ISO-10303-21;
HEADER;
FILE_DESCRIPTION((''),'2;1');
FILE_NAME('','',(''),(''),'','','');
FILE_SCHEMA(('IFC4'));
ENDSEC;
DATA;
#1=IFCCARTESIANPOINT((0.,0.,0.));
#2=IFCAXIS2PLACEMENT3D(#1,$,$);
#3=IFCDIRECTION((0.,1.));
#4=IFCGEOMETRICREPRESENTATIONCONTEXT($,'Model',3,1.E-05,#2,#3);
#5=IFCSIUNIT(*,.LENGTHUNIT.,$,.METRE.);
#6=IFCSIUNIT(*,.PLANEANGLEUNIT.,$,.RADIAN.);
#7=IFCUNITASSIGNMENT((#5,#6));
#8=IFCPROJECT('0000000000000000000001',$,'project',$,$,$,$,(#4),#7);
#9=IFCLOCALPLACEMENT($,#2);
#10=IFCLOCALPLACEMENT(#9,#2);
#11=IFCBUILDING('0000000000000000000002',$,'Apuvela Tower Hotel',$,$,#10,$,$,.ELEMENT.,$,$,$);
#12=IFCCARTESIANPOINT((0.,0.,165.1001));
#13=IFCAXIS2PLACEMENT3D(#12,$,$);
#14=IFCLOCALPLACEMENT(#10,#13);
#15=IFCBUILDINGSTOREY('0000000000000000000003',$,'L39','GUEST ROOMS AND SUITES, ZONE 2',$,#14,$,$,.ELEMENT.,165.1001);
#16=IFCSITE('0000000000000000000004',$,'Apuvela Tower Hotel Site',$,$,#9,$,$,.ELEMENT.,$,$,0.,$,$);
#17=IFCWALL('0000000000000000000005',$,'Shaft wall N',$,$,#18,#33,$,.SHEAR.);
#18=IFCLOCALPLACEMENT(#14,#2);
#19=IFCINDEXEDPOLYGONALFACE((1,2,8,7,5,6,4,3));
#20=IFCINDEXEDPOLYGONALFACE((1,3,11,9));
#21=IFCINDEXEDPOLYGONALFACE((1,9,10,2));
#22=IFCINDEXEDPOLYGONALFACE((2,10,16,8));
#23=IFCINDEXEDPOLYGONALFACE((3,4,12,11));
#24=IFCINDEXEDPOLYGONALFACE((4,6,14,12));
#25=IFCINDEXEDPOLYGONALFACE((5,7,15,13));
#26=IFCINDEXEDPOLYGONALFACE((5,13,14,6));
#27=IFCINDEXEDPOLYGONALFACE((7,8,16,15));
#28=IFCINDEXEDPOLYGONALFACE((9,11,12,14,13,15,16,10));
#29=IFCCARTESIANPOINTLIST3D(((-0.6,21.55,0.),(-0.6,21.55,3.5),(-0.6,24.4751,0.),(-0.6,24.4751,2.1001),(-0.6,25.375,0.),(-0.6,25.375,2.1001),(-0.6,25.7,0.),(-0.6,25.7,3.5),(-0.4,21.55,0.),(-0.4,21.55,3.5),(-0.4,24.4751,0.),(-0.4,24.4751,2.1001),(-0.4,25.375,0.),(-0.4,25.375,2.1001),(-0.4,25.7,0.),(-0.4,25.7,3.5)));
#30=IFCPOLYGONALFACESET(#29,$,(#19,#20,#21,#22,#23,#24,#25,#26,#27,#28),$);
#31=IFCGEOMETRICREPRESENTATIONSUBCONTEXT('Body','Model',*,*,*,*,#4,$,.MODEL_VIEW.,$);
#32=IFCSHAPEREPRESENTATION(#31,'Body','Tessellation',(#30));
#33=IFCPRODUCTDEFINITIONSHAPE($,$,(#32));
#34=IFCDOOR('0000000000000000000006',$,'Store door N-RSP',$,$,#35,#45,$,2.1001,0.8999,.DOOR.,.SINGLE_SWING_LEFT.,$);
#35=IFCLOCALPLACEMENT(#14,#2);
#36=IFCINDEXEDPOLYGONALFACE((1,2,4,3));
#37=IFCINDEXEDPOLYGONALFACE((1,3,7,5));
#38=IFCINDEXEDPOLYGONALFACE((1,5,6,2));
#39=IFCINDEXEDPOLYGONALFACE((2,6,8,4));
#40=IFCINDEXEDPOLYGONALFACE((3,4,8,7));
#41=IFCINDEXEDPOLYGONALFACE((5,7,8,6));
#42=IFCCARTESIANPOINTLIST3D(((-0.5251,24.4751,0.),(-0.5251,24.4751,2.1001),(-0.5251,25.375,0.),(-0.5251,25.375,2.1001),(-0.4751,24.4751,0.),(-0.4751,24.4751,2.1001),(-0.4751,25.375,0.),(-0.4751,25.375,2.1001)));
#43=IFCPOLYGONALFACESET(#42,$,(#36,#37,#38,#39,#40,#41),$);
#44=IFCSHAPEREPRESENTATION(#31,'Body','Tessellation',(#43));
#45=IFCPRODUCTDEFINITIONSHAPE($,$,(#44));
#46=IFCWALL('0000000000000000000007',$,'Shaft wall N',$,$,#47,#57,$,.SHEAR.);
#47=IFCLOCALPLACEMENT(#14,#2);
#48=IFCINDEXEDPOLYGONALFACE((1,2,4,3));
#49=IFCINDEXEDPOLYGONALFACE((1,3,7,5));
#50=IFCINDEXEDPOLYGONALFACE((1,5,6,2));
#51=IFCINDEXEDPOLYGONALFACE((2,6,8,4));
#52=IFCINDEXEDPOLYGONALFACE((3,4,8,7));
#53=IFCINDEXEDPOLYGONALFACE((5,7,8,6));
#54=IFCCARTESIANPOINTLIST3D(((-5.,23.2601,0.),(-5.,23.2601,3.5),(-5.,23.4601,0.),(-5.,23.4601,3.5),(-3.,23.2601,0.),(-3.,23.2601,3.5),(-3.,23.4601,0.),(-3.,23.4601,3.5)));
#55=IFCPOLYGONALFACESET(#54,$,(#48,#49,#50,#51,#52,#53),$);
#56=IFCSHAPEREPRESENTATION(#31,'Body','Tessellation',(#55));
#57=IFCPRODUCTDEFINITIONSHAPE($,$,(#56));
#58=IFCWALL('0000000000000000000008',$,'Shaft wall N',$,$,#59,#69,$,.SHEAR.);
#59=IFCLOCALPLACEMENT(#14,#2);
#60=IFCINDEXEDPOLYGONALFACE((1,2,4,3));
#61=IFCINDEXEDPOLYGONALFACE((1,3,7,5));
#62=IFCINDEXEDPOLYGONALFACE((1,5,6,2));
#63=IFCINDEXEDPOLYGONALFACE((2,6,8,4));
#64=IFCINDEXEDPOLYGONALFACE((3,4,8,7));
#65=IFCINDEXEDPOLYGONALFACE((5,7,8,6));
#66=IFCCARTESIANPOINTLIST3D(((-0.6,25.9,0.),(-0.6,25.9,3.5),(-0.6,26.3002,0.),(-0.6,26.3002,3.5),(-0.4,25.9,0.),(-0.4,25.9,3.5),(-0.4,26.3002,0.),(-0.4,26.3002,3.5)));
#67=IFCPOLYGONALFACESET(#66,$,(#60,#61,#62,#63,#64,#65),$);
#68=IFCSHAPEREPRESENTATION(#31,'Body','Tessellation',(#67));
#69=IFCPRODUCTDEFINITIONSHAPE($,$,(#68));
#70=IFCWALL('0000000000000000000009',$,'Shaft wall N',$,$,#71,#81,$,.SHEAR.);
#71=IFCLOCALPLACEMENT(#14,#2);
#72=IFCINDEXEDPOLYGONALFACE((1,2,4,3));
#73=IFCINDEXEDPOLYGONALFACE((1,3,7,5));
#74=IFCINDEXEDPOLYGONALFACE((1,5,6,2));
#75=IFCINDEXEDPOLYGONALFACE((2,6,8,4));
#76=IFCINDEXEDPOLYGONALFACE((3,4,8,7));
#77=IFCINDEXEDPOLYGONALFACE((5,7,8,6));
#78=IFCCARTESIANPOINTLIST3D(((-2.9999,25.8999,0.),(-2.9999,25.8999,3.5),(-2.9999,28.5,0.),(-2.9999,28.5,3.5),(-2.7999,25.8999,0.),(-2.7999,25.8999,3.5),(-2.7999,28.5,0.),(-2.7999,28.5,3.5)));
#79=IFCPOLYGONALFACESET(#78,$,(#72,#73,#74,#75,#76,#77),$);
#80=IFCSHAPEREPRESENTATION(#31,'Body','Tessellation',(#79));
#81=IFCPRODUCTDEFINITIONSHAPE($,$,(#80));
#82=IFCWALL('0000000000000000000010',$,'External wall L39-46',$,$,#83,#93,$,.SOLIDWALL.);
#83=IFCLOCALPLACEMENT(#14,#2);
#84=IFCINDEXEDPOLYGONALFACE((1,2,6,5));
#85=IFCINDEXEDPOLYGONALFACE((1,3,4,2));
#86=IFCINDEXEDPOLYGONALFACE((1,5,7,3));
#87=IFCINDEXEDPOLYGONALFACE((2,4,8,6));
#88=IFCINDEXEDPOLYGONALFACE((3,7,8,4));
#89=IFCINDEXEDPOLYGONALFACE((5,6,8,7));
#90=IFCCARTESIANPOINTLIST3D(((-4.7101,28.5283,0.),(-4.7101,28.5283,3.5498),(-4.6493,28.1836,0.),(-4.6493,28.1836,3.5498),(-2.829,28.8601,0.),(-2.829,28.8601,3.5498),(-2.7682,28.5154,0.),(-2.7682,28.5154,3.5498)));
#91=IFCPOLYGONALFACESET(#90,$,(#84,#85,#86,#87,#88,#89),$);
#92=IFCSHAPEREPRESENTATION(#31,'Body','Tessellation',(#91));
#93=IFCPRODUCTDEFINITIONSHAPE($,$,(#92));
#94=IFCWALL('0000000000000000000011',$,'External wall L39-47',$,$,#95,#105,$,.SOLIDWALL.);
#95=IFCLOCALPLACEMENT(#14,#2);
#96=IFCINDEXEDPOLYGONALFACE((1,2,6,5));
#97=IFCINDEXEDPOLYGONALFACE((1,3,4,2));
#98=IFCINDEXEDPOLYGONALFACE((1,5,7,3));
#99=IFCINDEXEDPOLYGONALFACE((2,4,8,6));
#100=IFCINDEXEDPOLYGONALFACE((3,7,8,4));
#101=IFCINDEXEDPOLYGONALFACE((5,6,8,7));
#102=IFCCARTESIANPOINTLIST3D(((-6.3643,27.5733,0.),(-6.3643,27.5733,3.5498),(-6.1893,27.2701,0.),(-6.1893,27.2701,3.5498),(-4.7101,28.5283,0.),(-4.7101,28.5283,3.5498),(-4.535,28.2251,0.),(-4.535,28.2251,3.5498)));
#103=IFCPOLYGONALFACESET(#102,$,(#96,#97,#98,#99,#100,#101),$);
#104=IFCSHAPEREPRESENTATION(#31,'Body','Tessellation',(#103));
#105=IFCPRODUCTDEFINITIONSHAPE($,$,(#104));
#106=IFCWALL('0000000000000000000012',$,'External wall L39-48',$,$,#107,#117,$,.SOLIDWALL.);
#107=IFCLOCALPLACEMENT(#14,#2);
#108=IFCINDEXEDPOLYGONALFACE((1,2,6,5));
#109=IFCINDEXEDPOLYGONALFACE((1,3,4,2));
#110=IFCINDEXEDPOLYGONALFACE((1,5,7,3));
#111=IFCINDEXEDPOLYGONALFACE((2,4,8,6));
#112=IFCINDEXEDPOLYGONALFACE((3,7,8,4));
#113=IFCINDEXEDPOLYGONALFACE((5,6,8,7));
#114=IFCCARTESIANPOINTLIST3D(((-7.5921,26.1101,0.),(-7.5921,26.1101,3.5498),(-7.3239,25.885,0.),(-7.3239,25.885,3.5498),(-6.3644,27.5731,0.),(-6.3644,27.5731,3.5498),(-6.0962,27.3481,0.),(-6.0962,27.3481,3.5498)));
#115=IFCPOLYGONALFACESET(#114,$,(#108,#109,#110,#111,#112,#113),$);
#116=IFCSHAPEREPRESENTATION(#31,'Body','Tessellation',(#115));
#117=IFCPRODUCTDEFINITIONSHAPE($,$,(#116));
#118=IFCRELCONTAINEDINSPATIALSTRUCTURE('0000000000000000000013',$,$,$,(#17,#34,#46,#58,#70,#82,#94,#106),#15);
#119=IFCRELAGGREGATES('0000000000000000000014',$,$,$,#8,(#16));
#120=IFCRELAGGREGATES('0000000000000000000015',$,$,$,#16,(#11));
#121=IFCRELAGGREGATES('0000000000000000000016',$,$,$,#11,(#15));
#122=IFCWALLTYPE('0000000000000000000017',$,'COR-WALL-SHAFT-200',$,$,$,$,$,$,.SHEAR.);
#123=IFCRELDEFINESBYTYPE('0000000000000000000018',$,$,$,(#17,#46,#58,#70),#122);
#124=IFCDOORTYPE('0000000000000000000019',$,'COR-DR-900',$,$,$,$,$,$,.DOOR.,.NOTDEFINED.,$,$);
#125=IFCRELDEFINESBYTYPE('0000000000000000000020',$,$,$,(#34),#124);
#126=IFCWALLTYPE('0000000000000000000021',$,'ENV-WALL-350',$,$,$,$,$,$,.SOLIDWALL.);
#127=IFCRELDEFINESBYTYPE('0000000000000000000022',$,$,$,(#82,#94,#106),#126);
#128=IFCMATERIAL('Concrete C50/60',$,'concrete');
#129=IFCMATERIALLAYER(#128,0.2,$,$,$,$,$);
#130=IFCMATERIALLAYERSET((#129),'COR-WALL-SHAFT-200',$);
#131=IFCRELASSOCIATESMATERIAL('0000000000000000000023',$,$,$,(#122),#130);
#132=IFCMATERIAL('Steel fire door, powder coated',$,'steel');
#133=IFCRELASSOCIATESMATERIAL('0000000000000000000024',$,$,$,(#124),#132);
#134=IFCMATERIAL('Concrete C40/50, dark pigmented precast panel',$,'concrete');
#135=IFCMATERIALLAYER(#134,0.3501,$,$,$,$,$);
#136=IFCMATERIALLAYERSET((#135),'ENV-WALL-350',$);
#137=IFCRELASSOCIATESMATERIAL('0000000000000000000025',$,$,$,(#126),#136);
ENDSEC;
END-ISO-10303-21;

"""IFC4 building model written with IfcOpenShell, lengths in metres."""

from ifc_helpers import new_model, si_unit, direction, frame, frame_2d, origin, place, context, subcontext, project, spatial, rectangle, extrude, material, layer, layer_set, type_object, element, fill, save


model = new_model("IFC4")

# Units and contexts
model_context = context("Model", 3, precision=1e-05, world=origin(), true_north=direction((0.0, 1.0)))
body_context = subcontext(model_context, "Body", "Model", "MODEL_VIEW")
ifc_project = project(units=[si_unit("LENGTHUNIT", "METRE"), si_unit("PLANEANGLEUNIT", "RADIAN")], contexts=[model_context])

# Site, building, storey
site_placement = place(None, origin())
site = spatial("IfcSite", under=ifc_project, at=site_placement, Name="Apuvela Tower Hotel Site", CompositionType="ELEMENT", RefElevation=0.0)
building_placement = place(site_placement, origin())
building = spatial("IfcBuilding", under=site, at=building_placement, Name="Apuvela Tower Hotel", CompositionType="ELEMENT")
storey_placement = place(building_placement, frame((0.0, 0.0, 165.1001)))
storey = spatial("IfcBuildingStorey", under=building, at=storey_placement, Name="L39", Description="GUEST ROOMS AND SUITES, ZONE 2", CompositionType="ELEMENT", Elevation=165.1001)

# Shared definitions
ifc_material_1 = material(Name="Concrete C50/60", Category="concrete")
ifc_layer_1 = layer(ifc_material_1, 0.2)
ifc_layer_set_1 = layer_set([ifc_layer_1], Name="COR-WALL-SHAFT-200")
wall_type_1 = type_object("IfcWallType", Name="COR-WALL-SHAFT-200", PredefinedType="SHEAR", material=ifc_layer_set_1)

# Wall, opening, door
wall_1_placement = place(storey_placement, frame((-0.5, 21.55, 0.0), z_axis=(0.0, 0.0, 1.0), x_axis=(0.0, 1.0, 0.0)))
wall_1 = element("IfcWall", 1, at=wall_1_placement, inside=storey, type_object=wall_type_1, Name="Shaft wall N", PredefinedType="SHEAR", context=body_context, shape_type="SweptSolid", body=[
    extrude(rectangle(XDim=4.1499, YDim=0.2, at=frame_2d((2.075, 0.0))), origin(), (0.0, 0.0, 1.0), 3.5),
])
opening_1_placement = place(wall_1_placement, frame((2.925, 0.0, 0.0)))
opening_1 = element("IfcOpeningElement", 2, at=opening_1_placement, cuts=wall_1, PredefinedType="OPENING", context=body_context, shape_type="SweptSolid", body=[
    extrude(rectangle(XDim=0.8999, YDim=2.1001, at=frame_2d((0.45, 1.05))), frame((0.0, 0.1099, 0.0), z_axis=(0.0, -1.0, 0.0), x_axis=(1.0, 0.0, 0.0)), (0.0, 0.0, 1.0), 0.22),
])
ifc_material_2 = material(Name="Steel fire door, powder coated", Category="steel")
door_type_1 = type_object("IfcDoorType", Name="COR-DR-900", OperationType="NOTDEFINED", PredefinedType="DOOR", material=ifc_material_2)
door_1_placement = place(opening_1_placement, frame((0.8999, 0.0, 0.0), z_axis=(0.0, 0.0, 1.0), x_axis=(-1.0, 0.0, 0.0)))
door_1 = element("IfcDoor", 3, at=door_1_placement, inside=storey, type_object=door_type_1, Name="Store door N-RSP", OperationType="SINGLE_SWING_LEFT", OverallHeight=2.1001, OverallWidth=0.8999, PredefinedType="DOOR", context=body_context, shape_type="SweptSolid", body=[
    extrude(rectangle(XDim=0.8999, YDim=2.1001, at=frame_2d((0.45, 1.05))), frame((0.0, 0.0249, 0.0), z_axis=(0.0, -1.0, 0.0), x_axis=(1.0, 0.0, 0.0)), (0.0, 0.0, 1.0), 0.05),
])
fill(opening_1, door_1)

# Walls
wall_2_placement = place(storey_placement, frame((-3.0, 23.3601, 0.0), z_axis=(0.0, 0.0, 1.0), x_axis=(-1.0, 0.0, 0.0)))
element("IfcWall", 4, at=wall_2_placement, inside=storey, type_object=wall_type_1, Name="Shaft wall N", PredefinedType="SHEAR", context=body_context, shape_type="SweptSolid", body=[
    extrude(rectangle(XDim=2.0, YDim=0.2, at=frame_2d((1.0, 0.0))), origin(), (0.0, 0.0, 1.0), 3.5),
])
wall_3_placement = place(storey_placement, frame((-0.5, 25.8999, 0.0), z_axis=(0.0, 0.0, 1.0), x_axis=(0.0, 1.0, 0.0)))
element("IfcWall", 5, at=wall_3_placement, inside=storey, type_object=wall_type_1, Name="Shaft wall N", PredefinedType="SHEAR", context=body_context, shape_type="SweptSolid", body=[
    extrude(rectangle(XDim=0.4001, YDim=0.2, at=frame_2d((0.2002, 0.0))), origin(), (0.0, 0.0, 1.0), 3.5),
])
wall_4_placement = place(storey_placement, frame((-2.8999, 25.8999, 0.0), z_axis=(0.0, 0.0, 1.0), x_axis=(0.0, 1.0, 0.0)))
element("IfcWall", 6, at=wall_4_placement, inside=storey, type_object=wall_type_1, Name="Shaft wall N", PredefinedType="SHEAR", context=body_context, shape_type="SweptSolid", body=[
    extrude(rectangle(XDim=2.6001, YDim=0.2, at=frame_2d((1.3, 0.0))), origin(), (0.0, 0.0, 1.0), 3.5),
])

# Shared definitions
ifc_material_3 = material(Name="Concrete C40/50, dark pigmented precast panel", Category="concrete")
ifc_layer_2 = layer(ifc_material_3, 0.3501)
ifc_layer_set_2 = layer_set([ifc_layer_2], Name="ENV-WALL-350")
wall_type_2 = type_object("IfcWallType", Name="ENV-WALL-350", PredefinedType="SOLIDWALL", material=ifc_layer_set_2)

# Walls
for number, where, z_axis, x_axis, name in (
    (7, (-2.7986, 28.6877, 0.0), (0.0, 0.0, 1.0), (-0.984799, -0.173698, 0.0), "External wall L39-46"),
    (8, (-4.6226, 28.3767, 0.0), (0.0, 0.0, 1.0), (-0.866032, -0.499988, 0.0), "External wall L39-47"),
):
    element("IfcWall", number, at=place(storey_placement, frame(where, z_axis=z_axis, x_axis=x_axis)), inside=storey, type_object=wall_type_2, Name=name, PredefinedType="SOLIDWALL", context=body_context, shape_type="SweptSolid", body=[
        extrude(rectangle(XDim=1.9102, YDim=0.3501, at=frame_2d((0.9551, 0.0))), origin(), (0.0, 0.0, 1.0), 3.5498),
    ])
wall_5_placement = place(storey_placement, frame((-6.2302, 27.4607, 0.0), z_axis=(0.0, 0.0, 1.0), x_axis=(-0.642808, -0.766027, 0.0)))
element("IfcWall", 9, at=wall_5_placement, inside=storey, type_object=wall_type_2, Name="External wall L39-48", PredefinedType="SOLIDWALL", context=body_context, shape_type="SweptSolid", body=[
    extrude(rectangle(XDim=1.9099, YDim=0.3501, at=frame_2d((0.9551, 0.0))), origin(), (0.0, 0.0, 1.0), 3.5498),
])

save(model, "model.ifc")
